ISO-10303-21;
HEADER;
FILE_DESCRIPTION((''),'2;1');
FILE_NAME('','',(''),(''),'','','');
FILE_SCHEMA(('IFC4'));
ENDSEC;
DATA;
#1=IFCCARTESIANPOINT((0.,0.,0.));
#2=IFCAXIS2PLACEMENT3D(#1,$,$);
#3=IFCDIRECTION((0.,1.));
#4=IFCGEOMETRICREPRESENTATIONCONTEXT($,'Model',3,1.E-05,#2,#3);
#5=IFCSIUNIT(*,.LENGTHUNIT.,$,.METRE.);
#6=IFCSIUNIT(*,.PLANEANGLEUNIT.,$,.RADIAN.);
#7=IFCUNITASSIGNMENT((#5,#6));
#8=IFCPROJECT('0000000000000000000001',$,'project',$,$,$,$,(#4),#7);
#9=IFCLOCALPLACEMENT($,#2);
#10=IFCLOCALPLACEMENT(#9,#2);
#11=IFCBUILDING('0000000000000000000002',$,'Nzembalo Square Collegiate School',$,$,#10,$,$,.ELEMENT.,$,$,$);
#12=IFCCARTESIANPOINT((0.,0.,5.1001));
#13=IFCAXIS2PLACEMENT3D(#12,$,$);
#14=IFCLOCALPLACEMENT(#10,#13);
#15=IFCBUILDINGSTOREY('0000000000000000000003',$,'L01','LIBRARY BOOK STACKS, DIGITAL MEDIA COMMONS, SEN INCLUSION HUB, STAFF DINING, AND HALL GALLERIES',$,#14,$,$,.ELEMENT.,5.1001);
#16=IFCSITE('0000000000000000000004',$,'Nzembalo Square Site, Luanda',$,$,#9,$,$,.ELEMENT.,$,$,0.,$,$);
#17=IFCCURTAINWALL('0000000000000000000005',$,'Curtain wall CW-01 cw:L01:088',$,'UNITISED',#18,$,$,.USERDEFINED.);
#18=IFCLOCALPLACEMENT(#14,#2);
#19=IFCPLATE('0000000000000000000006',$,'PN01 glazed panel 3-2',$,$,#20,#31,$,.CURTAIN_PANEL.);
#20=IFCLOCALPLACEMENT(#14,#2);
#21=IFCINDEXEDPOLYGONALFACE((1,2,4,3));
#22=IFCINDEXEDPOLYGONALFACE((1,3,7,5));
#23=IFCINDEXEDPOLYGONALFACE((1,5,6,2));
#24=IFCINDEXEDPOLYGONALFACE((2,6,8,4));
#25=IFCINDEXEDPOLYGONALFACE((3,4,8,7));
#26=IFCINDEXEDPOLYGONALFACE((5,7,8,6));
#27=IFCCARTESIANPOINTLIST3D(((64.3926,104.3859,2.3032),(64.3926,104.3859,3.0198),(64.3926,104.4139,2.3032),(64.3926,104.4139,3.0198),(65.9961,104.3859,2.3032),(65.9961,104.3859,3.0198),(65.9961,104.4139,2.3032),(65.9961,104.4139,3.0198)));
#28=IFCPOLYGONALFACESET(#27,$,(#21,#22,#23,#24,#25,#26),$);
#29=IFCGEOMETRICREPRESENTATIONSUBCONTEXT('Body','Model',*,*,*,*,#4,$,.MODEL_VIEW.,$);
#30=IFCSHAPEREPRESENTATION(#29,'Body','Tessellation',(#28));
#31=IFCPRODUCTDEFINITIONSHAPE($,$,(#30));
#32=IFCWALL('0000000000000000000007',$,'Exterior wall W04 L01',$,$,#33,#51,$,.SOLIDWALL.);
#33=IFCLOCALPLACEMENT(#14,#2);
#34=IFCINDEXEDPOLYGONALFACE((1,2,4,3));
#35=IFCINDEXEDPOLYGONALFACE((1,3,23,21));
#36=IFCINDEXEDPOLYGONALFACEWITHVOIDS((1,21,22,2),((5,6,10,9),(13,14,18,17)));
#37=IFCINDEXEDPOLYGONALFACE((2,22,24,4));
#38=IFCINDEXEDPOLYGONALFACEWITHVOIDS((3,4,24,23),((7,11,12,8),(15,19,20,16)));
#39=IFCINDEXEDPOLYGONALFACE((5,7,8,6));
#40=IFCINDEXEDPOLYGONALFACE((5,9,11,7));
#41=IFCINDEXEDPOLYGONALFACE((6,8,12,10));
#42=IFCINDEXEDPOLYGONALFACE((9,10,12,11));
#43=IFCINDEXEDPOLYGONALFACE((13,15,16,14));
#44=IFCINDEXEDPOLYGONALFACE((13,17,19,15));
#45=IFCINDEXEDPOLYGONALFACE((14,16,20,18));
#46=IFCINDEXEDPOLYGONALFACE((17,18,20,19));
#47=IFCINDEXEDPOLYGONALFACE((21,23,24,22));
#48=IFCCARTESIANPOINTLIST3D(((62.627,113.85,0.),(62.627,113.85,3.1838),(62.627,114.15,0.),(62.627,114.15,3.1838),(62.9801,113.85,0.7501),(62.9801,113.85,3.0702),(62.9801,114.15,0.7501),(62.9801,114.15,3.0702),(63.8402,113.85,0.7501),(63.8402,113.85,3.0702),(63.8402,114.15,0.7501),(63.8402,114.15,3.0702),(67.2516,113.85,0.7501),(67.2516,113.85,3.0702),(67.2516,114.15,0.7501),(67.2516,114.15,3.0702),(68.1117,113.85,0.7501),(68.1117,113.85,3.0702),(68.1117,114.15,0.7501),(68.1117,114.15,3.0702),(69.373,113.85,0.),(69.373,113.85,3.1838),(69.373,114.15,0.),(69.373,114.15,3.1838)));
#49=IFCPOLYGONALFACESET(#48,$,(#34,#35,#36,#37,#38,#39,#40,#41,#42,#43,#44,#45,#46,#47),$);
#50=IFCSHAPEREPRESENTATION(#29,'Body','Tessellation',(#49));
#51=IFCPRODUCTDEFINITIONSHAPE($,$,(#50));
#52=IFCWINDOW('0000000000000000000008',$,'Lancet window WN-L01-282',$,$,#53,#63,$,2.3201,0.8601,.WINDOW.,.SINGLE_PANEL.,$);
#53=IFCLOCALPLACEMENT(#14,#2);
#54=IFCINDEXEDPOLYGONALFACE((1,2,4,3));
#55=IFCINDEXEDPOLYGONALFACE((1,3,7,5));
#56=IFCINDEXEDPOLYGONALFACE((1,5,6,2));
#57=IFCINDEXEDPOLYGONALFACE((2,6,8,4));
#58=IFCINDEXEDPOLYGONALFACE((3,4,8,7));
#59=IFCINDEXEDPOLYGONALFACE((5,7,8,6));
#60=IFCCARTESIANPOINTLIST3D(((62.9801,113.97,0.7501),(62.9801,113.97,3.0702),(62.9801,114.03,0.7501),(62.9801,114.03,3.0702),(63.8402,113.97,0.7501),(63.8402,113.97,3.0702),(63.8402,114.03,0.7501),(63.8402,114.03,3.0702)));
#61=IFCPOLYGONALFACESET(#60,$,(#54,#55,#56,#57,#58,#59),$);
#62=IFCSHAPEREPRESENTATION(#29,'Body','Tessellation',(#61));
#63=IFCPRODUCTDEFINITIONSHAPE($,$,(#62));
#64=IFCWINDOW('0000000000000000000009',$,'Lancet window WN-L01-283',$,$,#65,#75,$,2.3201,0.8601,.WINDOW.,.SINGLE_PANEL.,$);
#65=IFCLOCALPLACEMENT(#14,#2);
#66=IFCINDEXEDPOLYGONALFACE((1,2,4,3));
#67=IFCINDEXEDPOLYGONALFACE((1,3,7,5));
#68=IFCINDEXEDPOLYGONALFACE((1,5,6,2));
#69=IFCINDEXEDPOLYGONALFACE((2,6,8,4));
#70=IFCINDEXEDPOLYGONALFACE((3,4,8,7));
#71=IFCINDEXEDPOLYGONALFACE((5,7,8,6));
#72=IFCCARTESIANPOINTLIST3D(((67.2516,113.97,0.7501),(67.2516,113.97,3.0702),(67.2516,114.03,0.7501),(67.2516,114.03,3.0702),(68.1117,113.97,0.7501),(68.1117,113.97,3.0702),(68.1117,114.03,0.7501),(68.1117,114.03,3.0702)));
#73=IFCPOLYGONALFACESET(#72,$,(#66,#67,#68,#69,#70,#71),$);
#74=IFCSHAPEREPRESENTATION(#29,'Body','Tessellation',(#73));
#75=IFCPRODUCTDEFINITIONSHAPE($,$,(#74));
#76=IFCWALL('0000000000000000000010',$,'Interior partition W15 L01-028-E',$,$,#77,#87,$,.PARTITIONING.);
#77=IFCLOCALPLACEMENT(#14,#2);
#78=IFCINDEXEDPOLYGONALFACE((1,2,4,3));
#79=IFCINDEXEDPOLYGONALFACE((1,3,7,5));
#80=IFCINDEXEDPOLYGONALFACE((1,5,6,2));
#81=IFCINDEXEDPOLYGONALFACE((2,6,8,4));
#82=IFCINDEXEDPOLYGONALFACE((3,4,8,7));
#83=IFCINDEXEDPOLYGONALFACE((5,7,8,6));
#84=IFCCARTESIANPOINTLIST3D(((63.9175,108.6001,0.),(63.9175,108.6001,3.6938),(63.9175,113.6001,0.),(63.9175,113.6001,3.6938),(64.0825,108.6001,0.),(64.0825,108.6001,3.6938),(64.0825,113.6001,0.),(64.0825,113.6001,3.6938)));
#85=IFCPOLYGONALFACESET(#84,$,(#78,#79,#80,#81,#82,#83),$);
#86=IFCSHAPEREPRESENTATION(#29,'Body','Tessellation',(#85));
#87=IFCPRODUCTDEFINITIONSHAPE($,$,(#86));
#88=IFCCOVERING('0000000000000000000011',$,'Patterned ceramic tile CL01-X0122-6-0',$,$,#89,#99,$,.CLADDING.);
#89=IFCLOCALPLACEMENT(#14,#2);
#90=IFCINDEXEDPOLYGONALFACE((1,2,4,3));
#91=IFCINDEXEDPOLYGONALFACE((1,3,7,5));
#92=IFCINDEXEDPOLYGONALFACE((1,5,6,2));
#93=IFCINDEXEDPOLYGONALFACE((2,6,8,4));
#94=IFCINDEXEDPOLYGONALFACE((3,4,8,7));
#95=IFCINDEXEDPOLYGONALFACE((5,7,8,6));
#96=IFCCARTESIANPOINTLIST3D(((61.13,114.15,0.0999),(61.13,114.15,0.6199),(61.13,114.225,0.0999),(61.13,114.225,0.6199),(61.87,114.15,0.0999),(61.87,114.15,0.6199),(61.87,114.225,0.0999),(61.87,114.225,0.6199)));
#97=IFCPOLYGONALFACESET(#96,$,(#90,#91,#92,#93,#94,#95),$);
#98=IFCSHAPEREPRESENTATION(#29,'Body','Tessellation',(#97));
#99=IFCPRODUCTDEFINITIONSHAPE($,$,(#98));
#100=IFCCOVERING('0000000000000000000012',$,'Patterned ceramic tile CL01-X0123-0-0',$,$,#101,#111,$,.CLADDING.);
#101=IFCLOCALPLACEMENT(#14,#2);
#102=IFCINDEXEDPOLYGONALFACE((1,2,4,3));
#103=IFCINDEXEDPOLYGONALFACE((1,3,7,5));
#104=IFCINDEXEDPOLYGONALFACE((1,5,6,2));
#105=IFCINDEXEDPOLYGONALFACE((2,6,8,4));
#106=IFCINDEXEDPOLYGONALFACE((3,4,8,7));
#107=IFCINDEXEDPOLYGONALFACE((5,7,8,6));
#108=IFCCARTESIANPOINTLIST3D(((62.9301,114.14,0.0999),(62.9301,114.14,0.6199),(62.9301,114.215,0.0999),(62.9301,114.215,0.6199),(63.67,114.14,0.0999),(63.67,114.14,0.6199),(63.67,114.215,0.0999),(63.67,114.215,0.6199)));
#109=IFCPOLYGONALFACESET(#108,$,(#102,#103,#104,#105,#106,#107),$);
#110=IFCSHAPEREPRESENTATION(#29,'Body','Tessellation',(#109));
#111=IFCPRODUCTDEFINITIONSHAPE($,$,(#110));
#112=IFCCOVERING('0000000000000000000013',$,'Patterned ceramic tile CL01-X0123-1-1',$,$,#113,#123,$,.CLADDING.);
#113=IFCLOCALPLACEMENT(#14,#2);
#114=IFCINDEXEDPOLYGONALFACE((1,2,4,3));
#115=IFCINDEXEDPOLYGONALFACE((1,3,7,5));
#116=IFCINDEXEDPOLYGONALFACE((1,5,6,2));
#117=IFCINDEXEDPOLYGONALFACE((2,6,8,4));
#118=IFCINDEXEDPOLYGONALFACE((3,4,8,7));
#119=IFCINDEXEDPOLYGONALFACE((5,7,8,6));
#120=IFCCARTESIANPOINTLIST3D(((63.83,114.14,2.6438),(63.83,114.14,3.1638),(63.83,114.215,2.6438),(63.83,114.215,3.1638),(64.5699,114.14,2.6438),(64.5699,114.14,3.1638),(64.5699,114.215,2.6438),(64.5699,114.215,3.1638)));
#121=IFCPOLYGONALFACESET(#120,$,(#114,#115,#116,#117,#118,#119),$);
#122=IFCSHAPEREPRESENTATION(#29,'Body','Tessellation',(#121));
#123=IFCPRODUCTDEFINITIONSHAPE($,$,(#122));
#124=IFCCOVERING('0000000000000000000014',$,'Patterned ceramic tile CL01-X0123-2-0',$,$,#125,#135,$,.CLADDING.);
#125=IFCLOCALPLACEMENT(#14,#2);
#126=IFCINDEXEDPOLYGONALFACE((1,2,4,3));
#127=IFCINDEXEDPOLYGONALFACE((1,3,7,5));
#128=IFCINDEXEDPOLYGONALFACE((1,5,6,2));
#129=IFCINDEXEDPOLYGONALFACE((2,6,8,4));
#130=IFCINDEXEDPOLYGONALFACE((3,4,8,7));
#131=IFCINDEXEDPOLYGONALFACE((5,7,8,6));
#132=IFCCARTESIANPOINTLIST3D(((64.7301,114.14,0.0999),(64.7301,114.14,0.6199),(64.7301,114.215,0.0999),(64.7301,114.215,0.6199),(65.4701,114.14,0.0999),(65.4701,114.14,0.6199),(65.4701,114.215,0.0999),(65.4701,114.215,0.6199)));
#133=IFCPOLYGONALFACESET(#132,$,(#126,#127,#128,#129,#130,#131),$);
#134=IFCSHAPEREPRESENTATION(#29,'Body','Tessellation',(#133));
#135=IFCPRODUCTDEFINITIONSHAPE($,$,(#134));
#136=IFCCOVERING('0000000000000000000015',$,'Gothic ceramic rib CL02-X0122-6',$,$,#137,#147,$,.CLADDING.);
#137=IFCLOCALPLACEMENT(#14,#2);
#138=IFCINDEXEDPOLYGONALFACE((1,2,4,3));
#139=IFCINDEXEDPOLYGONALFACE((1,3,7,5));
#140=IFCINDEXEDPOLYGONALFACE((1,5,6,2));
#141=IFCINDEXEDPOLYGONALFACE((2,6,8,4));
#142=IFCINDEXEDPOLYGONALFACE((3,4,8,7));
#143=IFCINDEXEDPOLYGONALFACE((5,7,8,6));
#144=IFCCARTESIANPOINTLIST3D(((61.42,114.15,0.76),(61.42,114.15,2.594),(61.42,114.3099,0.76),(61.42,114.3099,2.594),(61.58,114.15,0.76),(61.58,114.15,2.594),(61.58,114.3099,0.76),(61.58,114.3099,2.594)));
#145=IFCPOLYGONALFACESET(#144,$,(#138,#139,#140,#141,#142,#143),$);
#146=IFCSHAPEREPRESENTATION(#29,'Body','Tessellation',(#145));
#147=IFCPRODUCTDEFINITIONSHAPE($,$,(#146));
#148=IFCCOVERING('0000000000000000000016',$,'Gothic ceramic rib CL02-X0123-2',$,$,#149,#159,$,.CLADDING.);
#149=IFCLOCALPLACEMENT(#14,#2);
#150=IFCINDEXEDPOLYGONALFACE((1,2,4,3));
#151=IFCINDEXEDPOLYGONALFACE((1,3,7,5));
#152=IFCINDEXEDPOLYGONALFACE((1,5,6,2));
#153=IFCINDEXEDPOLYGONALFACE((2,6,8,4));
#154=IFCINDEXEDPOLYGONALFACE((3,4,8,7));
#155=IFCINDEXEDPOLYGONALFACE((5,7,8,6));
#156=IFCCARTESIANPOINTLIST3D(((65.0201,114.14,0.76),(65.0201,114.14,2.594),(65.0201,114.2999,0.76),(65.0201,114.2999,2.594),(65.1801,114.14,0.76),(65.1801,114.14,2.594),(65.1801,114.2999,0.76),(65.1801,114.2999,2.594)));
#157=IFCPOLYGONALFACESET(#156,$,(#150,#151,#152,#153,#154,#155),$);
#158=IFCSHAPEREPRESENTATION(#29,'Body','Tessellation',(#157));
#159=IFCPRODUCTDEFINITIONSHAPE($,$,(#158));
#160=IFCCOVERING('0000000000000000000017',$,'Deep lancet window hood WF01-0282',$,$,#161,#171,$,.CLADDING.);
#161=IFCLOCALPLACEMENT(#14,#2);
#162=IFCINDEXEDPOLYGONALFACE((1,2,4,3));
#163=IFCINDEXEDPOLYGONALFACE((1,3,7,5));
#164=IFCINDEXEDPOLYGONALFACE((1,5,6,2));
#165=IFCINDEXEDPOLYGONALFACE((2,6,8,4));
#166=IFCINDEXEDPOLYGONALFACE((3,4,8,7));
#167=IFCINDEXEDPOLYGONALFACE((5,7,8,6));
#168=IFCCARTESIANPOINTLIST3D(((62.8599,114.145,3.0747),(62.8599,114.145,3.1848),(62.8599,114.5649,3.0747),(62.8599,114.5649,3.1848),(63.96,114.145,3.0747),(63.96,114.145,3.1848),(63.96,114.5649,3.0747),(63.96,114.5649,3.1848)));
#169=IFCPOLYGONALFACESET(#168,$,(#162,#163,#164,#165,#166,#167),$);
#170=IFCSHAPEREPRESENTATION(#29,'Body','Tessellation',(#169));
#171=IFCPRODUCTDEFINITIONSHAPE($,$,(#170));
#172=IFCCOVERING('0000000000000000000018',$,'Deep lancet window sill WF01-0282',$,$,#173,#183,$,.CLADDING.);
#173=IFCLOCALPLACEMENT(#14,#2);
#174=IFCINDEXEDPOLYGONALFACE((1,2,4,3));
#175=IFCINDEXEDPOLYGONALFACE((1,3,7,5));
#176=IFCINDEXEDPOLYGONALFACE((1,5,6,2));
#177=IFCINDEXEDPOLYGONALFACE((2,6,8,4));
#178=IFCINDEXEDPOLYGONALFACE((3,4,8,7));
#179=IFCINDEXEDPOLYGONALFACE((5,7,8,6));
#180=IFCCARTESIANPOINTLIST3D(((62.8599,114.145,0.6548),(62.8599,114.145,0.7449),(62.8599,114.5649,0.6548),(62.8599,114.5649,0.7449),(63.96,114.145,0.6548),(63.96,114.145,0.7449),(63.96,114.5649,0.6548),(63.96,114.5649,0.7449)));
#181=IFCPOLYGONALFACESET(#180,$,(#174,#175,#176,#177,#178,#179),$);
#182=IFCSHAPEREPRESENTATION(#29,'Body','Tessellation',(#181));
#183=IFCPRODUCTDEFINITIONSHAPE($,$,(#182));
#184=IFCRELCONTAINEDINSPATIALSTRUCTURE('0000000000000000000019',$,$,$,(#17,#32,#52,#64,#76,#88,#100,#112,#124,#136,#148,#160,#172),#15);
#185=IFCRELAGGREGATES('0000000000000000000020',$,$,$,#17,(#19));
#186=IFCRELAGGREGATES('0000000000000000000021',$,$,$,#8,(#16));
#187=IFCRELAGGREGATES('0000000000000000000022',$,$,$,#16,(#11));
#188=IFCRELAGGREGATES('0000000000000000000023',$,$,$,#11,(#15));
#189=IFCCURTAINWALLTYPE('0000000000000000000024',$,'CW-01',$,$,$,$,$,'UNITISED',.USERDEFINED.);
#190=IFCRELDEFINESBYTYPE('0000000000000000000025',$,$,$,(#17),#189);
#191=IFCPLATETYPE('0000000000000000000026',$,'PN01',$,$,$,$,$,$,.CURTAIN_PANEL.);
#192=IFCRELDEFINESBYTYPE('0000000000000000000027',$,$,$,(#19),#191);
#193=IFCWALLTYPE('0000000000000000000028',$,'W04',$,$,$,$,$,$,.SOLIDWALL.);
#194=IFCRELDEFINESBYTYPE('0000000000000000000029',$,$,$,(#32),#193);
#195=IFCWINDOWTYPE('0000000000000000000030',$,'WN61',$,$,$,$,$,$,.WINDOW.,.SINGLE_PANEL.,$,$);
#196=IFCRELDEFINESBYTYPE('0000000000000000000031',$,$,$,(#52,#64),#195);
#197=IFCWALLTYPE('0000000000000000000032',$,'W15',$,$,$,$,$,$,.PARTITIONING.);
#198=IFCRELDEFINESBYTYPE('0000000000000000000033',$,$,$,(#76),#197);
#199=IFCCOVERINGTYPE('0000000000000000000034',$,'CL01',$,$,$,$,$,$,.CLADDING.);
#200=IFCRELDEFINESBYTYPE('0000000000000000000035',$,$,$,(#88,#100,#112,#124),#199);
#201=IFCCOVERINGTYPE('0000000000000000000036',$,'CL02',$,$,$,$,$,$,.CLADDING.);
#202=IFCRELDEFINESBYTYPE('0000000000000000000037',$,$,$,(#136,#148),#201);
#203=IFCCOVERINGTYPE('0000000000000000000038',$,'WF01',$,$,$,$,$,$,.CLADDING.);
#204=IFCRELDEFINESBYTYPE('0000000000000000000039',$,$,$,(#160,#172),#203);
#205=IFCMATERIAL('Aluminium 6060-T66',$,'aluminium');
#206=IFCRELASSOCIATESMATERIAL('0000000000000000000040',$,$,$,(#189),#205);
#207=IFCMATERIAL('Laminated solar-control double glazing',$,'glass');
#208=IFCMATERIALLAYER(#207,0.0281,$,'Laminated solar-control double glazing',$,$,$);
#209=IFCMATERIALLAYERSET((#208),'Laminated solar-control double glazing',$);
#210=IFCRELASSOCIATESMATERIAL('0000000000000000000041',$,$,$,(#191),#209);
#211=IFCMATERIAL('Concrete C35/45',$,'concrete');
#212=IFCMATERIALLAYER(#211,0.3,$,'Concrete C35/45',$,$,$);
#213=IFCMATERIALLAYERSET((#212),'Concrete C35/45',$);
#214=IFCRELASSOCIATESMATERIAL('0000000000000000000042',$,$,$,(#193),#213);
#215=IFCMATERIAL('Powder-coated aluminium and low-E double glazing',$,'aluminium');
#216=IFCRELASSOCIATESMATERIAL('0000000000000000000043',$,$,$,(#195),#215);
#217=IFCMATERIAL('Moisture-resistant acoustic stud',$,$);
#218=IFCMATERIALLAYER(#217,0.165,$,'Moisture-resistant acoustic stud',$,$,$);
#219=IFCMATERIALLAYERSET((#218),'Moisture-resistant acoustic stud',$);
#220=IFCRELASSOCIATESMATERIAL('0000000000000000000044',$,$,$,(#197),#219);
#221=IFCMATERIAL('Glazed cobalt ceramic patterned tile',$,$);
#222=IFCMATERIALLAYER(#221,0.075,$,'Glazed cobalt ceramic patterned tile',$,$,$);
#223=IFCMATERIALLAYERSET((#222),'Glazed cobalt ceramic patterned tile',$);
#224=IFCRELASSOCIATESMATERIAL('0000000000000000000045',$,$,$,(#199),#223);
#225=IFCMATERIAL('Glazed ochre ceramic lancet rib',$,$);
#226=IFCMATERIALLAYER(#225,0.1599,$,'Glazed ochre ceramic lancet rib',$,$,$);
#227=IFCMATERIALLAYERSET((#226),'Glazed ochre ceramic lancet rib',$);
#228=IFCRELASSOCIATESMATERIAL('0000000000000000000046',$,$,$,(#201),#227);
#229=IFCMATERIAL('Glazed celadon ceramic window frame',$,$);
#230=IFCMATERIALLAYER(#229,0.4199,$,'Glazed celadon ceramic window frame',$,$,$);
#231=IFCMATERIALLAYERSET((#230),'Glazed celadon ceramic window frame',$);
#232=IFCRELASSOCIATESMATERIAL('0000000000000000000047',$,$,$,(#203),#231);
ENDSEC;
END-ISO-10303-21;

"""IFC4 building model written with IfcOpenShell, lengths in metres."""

from ifc_helpers import new_model, si_unit, direction, frame, frame_2d, origin, origin_2d, place, context, subcontext, project, spatial, rectangle, extrude, material, layer, layer_set, type_object, element, fill, aggregate, save


model = new_model("IFC4")

# Units and contexts
model_context = context("Model", 3, precision=1e-05, world=origin(), true_north=direction((0.0, 1.0)))
body_context = subcontext(model_context, "Body", "Model", "MODEL_VIEW")
ifc_project = project(units=[si_unit("LENGTHUNIT", "METRE"), si_unit("PLANEANGLEUNIT", "RADIAN")], contexts=[model_context])

# Site, building, storey
site_placement = place(None, origin())
site = spatial("IfcSite", under=ifc_project, at=site_placement, Name="Nzembalo Square Site, Luanda", CompositionType="ELEMENT", RefElevation=0.0)
building_placement = place(site_placement, origin())
building = spatial("IfcBuilding", under=site, at=building_placement, Name="Nzembalo Square Collegiate School", CompositionType="ELEMENT")
storey_placement = place(building_placement, frame((0.0, 0.0, 5.1001)))
storey = spatial("IfcBuildingStorey", under=building, at=storey_placement, Name="L01", Description="LIBRARY BOOK STACKS, DIGITAL MEDIA COMMONS, SEN INCLUSION HUB, STAFF DINING, AND HALL GALLERIES", CompositionType="ELEMENT", Elevation=5.1001)

# Curtain wall, plate
ifc_material_1 = material(Name="Aluminium 6060-T66", Category="aluminium")
curtain_wall_type = type_object("IfcCurtainWallType", Name="CW-01", ElementType="UNITISED", PredefinedType="USERDEFINED", material=ifc_material_1)
curtain_wall_placement = place(storey_placement, origin())
curtain_wall = element("IfcCurtainWall", 1, at=curtain_wall_placement, inside=storey, type_object=curtain_wall_type, Name="Curtain wall CW-01 cw:L01:088", ObjectType="UNITISED", PredefinedType="USERDEFINED")
ifc_material_2 = material(Name="Laminated solar-control double glazing", Category="glass")
ifc_layer_1 = layer(ifc_material_2, 0.0281, Name="Laminated solar-control double glazing")
ifc_layer_set_1 = layer_set([ifc_layer_1], Name="Laminated solar-control double glazing")
plate_type = type_object("IfcPlateType", Name="PN01", PredefinedType="CURTAIN_PANEL", material=ifc_layer_set_1)
plate_1_placement = place(storey_placement, frame((65.1943, 104.3999, 2.3032), z_axis=(0.0, 0.0, 1.0), x_axis=(1.0, 0.0, 0.0)))
plate_1 = element("IfcPlate", 2, at=plate_1_placement, type_object=plate_type, Name="PN01 glazed panel 3-2", PredefinedType="CURTAIN_PANEL", context=body_context, shape_type="SweptSolid", body=[
    extrude(rectangle(XDim=1.6035, YDim=0.0281, at=origin_2d()), origin(), (0.0, 0.0, 1.0), 0.7166),
])
aggregate(curtain_wall, [plate_1])

# Wall, openings, windows
ifc_material_3 = material(Name="Concrete C35/45", Category="concrete")
ifc_layer_2 = layer(ifc_material_3, 0.3, Name="Concrete C35/45")
ifc_layer_set_2 = layer_set([ifc_layer_2], Name="Concrete C35/45")
wall_type_1 = type_object("IfcWallType", Name="W04", PredefinedType="SOLIDWALL", material=ifc_layer_set_2)
wall_1_placement = place(storey_placement, frame((62.627, 114.0, 0.0), z_axis=(0.0, 0.0, 1.0), x_axis=(1.0, 0.0, 0.0)))
wall_1 = element("IfcWall", 3, at=wall_1_placement, inside=storey, type_object=wall_type_1, Name="Exterior wall W04 L01", PredefinedType="SOLIDWALL", context=body_context, shape_type="SweptSolid", body=[
    extrude(rectangle(XDim=6.7461, YDim=0.3, at=frame_2d((3.373, 0.0))), origin(), (0.0, 0.0, 1.0), 3.1838),
])
opening_1_placement = place(wall_1_placement, frame((0.353, 0.0, 0.75)))
opening_1 = element("IfcOpeningElement", 4, at=opening_1_placement, cuts=wall_1, PredefinedType="OPENING", context=body_context, shape_type="SweptSolid", body=[
    extrude(rectangle(XDim=0.8601, YDim=2.3201, at=frame_2d((0.4302, 1.1602))), frame((0.0, 0.1602, 0.0), z_axis=(0.0, -1.0, 0.0), x_axis=(1.0, 0.0, 0.0)), (0.0, 0.0, 1.0), 0.3201),
])
opening_2_placement = place(wall_1_placement, frame((4.6245, 0.0, 0.75)))
opening_2 = element("IfcOpeningElement", 5, at=opening_2_placement, cuts=wall_1, PredefinedType="OPENING", context=body_context, shape_type="SweptSolid", body=[
    extrude(rectangle(XDim=0.8601, YDim=2.3201, at=frame_2d((0.4302, 1.1602))), frame((0.0, 0.1602, 0.0), z_axis=(0.0, -1.0, 0.0), x_axis=(1.0, 0.0, 0.0)), (0.0, 0.0, 1.0), 0.3201),
])
ifc_material_4 = material(Name="Powder-coated aluminium and low-E double glazing", Category="aluminium")
window_type = type_object("IfcWindowType", Name="WN61", PartitioningType="SINGLE_PANEL", PredefinedType="WINDOW", material=ifc_material_4)
window_1_placement = place(opening_1_placement, origin())
window_1 = element("IfcWindow", 6, at=window_1_placement, inside=storey, type_object=window_type, Name="Lancet window WN-L01-282", OverallHeight=2.3201, OverallWidth=0.8601, PartitioningType="SINGLE_PANEL", PredefinedType="WINDOW", context=body_context, shape_type="SweptSolid", body=[
    extrude(rectangle(XDim=0.8601, YDim=2.3201, at=frame_2d((0.4302, 1.1602))), frame((0.0, 0.03, 0.0), z_axis=(0.0, -1.0, 0.0), x_axis=(1.0, 0.0, 0.0)), (0.0, 0.0, 1.0), 0.0601),
])
fill(opening_1, window_1)
window_2_placement = place(opening_2_placement, origin())
window_2 = element("IfcWindow", 7, at=window_2_placement, inside=storey, type_object=window_type, Name="Lancet window WN-L01-283", OverallHeight=2.3201, OverallWidth=0.8601, PartitioningType="SINGLE_PANEL", PredefinedType="WINDOW", context=body_context, shape_type="SweptSolid", body=[
    extrude(rectangle(XDim=0.8601, YDim=2.3201, at=frame_2d((0.4302, 1.1602))), frame((0.0, 0.03, 0.0), z_axis=(0.0, -1.0, 0.0), x_axis=(1.0, 0.0, 0.0)), (0.0, 0.0, 1.0), 0.0601),
])
fill(opening_2, window_2)

# Wall
ifc_material_5 = material(Name="Moisture-resistant acoustic stud")
ifc_layer_3 = layer(ifc_material_5, 0.165, Name="Moisture-resistant acoustic stud")
ifc_layer_set_3 = layer_set([ifc_layer_3], Name="Moisture-resistant acoustic stud")
wall_type_2 = type_object("IfcWallType", Name="W15", PredefinedType="PARTITIONING", material=ifc_layer_set_3)
wall_2_placement = place(storey_placement, frame((64.0, 108.6001, 0.0), z_axis=(0.0, 0.0, 1.0), x_axis=(0.0, 1.0, 0.0)))
element("IfcWall", 8, at=wall_2_placement, inside=storey, type_object=wall_type_2, Name="Interior partition W15 L01-028-E", PredefinedType="PARTITIONING", context=body_context, shape_type="SweptSolid", body=[
    extrude(rectangle(XDim=5.0, YDim=0.165, at=frame_2d((2.5, 0.0))), origin(), (0.0, 0.0, 1.0), 3.6938),
])

# Coverings
ifc_material_6 = material(Name="Glazed cobalt ceramic patterned tile")
ifc_layer_4 = layer(ifc_material_6, 0.075, Name="Glazed cobalt ceramic patterned tile")
ifc_layer_set_4 = layer_set([ifc_layer_4], Name="Glazed cobalt ceramic patterned tile")
covering_type_1 = type_object("IfcCoveringType", Name="CL01", PredefinedType="CLADDING", material=ifc_layer_set_4)
for number, where, z_axis, x_axis, name in (
    (9, (61.5, 114.1875, 0.0999), (0.0, 0.0, 1.0), (1.0, 0.0, 0.0), "Patterned ceramic tile CL01-X0122-6-0"),
    (10, (63.3, 114.1775, 0.0999), (0.0, 0.0, 1.0), (1.0, 0.0, 0.0), "Patterned ceramic tile CL01-X0123-0-0"),
    (11, (64.2, 114.1775, 2.6438), (0.0, 0.0, 1.0), (1.0, 0.0, 0.0), "Patterned ceramic tile CL01-X0123-1-1"),
    (12, (65.1001, 114.1775, 0.0999), (0.0, 0.0, 1.0), (1.0, 0.0, 0.0), "Patterned ceramic tile CL01-X0123-2-0"),
):
    element("IfcCovering", number, at=place(storey_placement, frame(where, z_axis=z_axis, x_axis=x_axis)), inside=storey, type_object=covering_type_1, Name=name, PredefinedType="CLADDING", context=body_context, shape_type="SweptSolid", body=[
        extrude(rectangle(XDim=0.74, YDim=0.075, at=origin_2d()), origin(), (0.0, 0.0, 1.0), 0.52),
    ])
ifc_material_7 = material(Name="Glazed ochre ceramic lancet rib")
ifc_layer_5 = layer(ifc_material_7, 0.1599, Name="Glazed ochre ceramic lancet rib")
ifc_layer_set_5 = layer_set([ifc_layer_5], Name="Glazed ochre ceramic lancet rib")
covering_type_2 = type_object("IfcCoveringType", Name="CL02", PredefinedType="CLADDING", material=ifc_layer_set_5)
for number, where, z_axis, x_axis, name in (
    (13, (61.5, 114.23, 0.76), (0.0, 0.0, 1.0), (1.0, 0.0, 0.0), "Gothic ceramic rib CL02-X0122-6"),
    (14, (65.1001, 114.22, 0.76), (0.0, 0.0, 1.0), (1.0, 0.0, 0.0), "Gothic ceramic rib CL02-X0123-2"),
):
    element("IfcCovering", number, at=place(storey_placement, frame(where, z_axis=z_axis, x_axis=x_axis)), inside=storey, type_object=covering_type_2, Name=name, PredefinedType="CLADDING", context=body_context, shape_type="SweptSolid", body=[
        extrude(rectangle(XDim=0.1599, YDim=0.1599, at=origin_2d()), origin(), (0.0, 0.0, 1.0), 1.834),
    ])
ifc_material_8 = material(Name="Glazed celadon ceramic window frame")
ifc_layer_6 = layer(ifc_material_8, 0.4199, Name="Glazed celadon ceramic window frame")
ifc_layer_set_6 = layer_set([ifc_layer_6], Name="Glazed celadon ceramic window frame")
covering_type_3 = type_object("IfcCoveringType", Name="WF01", PredefinedType="CLADDING", material=ifc_layer_set_6)
covering_1_placement = place(storey_placement, frame((63.4099, 114.355, 3.0747), z_axis=(0.0, 0.0, 1.0), x_axis=(1.0, 0.0, 0.0)))
element("IfcCovering", 15, at=covering_1_placement, inside=storey, type_object=covering_type_3, Name="Deep lancet window hood WF01-0282", PredefinedType="CLADDING", context=body_context, shape_type="SweptSolid", body=[
    extrude(rectangle(XDim=1.1001, YDim=0.4199, at=origin_2d()), origin(), (0.0, 0.0, 1.0), 0.1101),
])
covering_2_placement = place(storey_placement, frame((63.4099, 114.355, 0.6548), z_axis=(0.0, 0.0, 1.0), x_axis=(1.0, 0.0, 0.0)))
element("IfcCovering", 16, at=covering_2_placement, inside=storey, type_object=covering_type_3, Name="Deep lancet window sill WF01-0282", PredefinedType="CLADDING", context=body_context, shape_type="SweptSolid", body=[
    extrude(rectangle(XDim=1.1001, YDim=0.4199, at=origin_2d()), origin(), (0.0, 0.0, 1.0), 0.0901),
])

save(model, "model.ifc")
